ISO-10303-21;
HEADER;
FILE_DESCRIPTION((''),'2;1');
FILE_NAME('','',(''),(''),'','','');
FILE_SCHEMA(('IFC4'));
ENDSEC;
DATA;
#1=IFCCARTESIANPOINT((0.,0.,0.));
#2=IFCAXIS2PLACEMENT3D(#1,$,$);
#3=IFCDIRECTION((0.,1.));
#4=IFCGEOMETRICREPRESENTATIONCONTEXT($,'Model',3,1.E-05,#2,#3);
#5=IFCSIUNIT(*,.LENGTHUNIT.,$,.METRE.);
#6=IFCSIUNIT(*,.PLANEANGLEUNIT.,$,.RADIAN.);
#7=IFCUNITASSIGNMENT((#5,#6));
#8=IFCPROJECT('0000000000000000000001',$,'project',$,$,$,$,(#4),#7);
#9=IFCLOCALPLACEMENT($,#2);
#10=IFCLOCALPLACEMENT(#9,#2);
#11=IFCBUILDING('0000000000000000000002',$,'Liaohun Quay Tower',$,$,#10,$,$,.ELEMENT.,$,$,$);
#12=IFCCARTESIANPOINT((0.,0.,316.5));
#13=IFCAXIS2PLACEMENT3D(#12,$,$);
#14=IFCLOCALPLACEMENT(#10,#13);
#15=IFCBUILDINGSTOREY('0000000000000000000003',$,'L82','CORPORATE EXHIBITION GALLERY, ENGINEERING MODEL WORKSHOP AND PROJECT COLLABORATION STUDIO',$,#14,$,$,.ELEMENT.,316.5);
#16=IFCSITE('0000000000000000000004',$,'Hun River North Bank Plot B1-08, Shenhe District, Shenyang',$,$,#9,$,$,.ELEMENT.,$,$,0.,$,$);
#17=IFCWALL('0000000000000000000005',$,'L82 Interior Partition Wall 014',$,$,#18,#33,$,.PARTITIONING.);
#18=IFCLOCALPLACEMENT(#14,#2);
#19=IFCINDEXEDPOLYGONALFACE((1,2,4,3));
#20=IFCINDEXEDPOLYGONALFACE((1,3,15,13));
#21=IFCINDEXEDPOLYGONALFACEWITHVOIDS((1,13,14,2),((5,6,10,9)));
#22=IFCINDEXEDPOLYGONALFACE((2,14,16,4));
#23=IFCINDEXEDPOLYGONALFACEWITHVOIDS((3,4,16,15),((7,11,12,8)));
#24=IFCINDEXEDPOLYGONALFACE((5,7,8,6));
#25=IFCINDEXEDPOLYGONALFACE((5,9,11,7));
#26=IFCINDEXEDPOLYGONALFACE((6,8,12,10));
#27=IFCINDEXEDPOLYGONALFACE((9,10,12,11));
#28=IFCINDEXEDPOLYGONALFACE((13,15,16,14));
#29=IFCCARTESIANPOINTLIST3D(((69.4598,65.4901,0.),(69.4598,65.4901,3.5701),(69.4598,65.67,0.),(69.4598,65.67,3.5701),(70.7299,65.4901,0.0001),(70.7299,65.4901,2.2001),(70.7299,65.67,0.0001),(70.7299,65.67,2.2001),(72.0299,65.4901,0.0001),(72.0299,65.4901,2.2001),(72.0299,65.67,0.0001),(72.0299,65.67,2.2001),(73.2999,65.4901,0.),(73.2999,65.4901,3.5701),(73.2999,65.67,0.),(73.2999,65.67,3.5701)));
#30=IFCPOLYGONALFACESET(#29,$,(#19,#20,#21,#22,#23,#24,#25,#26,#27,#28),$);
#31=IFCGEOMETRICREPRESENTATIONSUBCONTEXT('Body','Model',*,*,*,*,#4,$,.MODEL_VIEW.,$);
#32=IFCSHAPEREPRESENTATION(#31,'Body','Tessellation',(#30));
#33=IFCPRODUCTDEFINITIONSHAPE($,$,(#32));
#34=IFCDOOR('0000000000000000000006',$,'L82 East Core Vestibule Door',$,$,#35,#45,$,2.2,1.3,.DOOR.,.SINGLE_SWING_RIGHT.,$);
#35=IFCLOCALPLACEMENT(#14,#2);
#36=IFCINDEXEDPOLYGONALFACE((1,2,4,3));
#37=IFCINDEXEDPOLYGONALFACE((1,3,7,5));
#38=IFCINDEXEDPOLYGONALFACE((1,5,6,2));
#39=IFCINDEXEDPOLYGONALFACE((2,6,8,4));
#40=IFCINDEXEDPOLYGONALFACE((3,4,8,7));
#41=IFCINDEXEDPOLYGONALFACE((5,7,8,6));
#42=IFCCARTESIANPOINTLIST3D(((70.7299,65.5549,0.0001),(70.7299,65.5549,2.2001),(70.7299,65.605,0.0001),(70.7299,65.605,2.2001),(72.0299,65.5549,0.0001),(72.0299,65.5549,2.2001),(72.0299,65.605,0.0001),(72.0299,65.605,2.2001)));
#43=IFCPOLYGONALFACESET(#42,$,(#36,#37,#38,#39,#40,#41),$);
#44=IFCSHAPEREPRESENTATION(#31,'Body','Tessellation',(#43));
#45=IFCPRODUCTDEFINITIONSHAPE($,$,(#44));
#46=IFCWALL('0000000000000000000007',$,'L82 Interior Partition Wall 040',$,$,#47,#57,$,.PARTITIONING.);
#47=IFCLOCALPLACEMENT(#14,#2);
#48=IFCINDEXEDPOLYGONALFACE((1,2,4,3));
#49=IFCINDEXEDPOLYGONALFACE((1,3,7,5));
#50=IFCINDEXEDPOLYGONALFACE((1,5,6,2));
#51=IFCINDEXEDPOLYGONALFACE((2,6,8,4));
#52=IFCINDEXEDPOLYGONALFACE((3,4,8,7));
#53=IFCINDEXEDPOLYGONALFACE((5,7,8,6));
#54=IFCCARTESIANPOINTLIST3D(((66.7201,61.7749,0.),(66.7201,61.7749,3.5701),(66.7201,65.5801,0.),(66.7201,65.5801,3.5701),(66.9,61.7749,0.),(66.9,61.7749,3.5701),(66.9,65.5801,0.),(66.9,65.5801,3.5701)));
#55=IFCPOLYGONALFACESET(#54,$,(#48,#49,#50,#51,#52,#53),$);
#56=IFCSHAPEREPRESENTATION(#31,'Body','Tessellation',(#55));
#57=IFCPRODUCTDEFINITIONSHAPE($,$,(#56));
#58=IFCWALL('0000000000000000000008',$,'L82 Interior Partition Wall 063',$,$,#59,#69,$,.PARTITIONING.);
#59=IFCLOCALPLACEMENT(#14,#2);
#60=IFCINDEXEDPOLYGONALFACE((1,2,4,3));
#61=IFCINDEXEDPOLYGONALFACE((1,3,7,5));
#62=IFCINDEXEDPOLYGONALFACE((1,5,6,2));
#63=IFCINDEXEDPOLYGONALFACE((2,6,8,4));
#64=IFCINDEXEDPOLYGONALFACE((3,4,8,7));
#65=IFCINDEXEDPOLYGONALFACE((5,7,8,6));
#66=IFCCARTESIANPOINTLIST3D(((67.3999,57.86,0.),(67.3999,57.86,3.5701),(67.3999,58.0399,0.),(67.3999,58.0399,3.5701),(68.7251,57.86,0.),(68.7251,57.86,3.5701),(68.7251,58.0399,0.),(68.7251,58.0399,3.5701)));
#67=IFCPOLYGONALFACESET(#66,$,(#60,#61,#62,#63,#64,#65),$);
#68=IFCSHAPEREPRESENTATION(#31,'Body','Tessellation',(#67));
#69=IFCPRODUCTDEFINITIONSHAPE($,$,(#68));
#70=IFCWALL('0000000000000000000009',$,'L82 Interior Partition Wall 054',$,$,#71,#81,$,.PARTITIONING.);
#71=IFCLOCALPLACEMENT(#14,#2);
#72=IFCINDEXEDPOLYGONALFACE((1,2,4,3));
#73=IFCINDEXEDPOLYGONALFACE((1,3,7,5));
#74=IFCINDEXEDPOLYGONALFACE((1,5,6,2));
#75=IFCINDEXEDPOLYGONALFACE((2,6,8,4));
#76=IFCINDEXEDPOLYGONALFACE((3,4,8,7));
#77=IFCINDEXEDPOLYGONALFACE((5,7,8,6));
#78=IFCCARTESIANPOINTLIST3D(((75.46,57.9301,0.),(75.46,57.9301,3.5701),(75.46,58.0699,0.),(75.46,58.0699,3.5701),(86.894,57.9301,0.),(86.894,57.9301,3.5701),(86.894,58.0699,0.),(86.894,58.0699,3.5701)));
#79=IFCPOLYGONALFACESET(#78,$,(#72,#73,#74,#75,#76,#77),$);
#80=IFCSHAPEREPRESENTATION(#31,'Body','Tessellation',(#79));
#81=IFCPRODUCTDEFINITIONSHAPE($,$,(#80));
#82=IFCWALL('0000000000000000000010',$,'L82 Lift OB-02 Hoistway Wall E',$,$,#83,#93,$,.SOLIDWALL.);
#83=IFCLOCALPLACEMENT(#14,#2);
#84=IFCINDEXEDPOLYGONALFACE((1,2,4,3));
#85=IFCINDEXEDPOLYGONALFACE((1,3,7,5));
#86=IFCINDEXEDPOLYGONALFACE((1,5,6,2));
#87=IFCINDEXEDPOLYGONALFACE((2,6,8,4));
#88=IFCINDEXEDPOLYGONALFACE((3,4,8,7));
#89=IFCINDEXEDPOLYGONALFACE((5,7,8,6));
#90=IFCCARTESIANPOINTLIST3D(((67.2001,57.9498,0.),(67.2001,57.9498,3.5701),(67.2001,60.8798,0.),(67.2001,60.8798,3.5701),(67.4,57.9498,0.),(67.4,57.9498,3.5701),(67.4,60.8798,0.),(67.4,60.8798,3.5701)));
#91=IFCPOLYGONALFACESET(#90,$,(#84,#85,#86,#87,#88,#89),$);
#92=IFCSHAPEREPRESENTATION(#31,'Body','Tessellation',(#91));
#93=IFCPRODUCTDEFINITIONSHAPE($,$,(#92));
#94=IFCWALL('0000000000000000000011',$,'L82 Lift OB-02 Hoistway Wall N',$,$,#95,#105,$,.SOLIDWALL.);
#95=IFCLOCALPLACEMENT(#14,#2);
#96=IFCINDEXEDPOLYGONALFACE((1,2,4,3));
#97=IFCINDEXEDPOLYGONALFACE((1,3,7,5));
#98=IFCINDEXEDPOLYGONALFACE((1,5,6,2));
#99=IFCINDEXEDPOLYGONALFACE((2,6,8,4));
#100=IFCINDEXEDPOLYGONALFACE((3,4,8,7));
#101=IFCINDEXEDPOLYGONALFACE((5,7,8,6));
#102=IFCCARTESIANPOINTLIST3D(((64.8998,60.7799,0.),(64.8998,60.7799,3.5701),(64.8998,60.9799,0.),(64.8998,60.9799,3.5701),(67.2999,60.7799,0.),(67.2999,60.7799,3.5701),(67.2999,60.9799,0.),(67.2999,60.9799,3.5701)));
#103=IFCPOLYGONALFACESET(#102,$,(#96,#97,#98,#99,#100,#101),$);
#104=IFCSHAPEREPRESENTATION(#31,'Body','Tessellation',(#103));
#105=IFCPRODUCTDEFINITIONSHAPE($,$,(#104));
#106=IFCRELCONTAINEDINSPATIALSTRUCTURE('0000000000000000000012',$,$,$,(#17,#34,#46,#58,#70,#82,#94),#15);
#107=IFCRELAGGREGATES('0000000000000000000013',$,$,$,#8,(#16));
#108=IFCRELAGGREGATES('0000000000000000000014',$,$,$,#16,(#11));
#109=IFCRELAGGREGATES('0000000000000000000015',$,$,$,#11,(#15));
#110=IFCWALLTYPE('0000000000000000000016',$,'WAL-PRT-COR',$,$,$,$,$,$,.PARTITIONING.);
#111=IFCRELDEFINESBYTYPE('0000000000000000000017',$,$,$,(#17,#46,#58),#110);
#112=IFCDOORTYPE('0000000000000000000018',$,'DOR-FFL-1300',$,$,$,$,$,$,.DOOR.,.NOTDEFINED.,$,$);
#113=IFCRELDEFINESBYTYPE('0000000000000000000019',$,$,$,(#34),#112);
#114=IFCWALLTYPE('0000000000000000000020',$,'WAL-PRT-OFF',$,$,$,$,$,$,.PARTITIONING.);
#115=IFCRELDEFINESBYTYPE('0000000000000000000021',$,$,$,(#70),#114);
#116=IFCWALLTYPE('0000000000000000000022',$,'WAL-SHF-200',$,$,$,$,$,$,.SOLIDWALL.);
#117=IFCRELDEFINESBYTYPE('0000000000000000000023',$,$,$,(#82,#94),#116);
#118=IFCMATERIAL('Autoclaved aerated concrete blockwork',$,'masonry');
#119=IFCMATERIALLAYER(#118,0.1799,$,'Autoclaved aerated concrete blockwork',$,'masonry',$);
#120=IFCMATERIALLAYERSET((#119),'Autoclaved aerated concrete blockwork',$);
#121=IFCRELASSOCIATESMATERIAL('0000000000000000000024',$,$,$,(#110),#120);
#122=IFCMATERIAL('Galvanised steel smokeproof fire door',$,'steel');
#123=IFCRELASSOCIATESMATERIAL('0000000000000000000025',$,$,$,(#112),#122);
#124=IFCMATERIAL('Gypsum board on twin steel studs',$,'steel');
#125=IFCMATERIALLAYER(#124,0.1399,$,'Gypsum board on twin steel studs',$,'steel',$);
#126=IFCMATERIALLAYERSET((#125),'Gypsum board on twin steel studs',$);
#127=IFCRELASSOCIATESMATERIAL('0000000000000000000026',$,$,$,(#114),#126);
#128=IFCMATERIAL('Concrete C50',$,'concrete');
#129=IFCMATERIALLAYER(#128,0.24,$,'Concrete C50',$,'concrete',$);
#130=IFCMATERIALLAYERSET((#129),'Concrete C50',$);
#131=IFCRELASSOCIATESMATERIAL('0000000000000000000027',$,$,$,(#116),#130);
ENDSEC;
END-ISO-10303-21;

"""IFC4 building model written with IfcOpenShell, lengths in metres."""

from ifc_helpers import new_model, si_unit, direction, frame, frame_2d, origin, place, context, subcontext, project, spatial, rectangle, extrude, source, transform, mapped, material, layer, layer_set, type_object, element, fill, save


model = new_model("IFC4")

# Units and contexts
model_context = context("Model", 3, precision=1e-05, world=origin(), true_north=direction((0.0, 1.0)))
body_context = subcontext(model_context, "Body", "Model", "MODEL_VIEW")
ifc_project = project(units=[si_unit("LENGTHUNIT", "METRE"), si_unit("PLANEANGLEUNIT", "RADIAN")], contexts=[model_context])

# Site, building, storey
site_placement = place(None, origin())
site = spatial("IfcSite", under=ifc_project, at=site_placement, Name="Hun River North Bank Plot B1-08, Shenhe District, Shenyang", CompositionType="ELEMENT", RefElevation=0.0)
building_placement = place(site_placement, origin())
building = spatial("IfcBuilding", under=site, at=building_placement, Name="Liaohun Quay Tower", CompositionType="ELEMENT")
storey_placement = place(building_placement, frame((0.0, 0.0, 316.5)))
storey = spatial("IfcBuildingStorey", under=building, at=storey_placement, Name="L82", Description="CORPORATE EXHIBITION GALLERY, ENGINEERING MODEL WORKSHOP AND PROJECT COLLABORATION STUDIO", CompositionType="ELEMENT", Elevation=316.5)

# Shared definitions
ifc_material_1 = material(Name="Concrete C50", Category="concrete")

# Wall, opening, door
ifc_material_2 = material(Name="Autoclaved aerated concrete blockwork", Category="masonry")
ifc_layer_1 = layer(ifc_material_2, 0.1799, Name="Autoclaved aerated concrete blockwork", Category="masonry")
ifc_layer_set_1 = layer_set([ifc_layer_1], Name="Autoclaved aerated concrete blockwork")
wall_type_1 = type_object("IfcWallType", Name="WAL-PRT-COR", PredefinedType="PARTITIONING", material=ifc_layer_set_1)
wall_1_placement = place(storey_placement, frame((69.46, 65.5801, 0.0), z_axis=(0.0, 0.0, 1.0), x_axis=(1.0, 0.0, 0.0)))
wall_1 = element("IfcWall", 1, at=wall_1_placement, inside=storey, type_object=wall_type_1, Name="L82 Interior Partition Wall 014", PredefinedType="PARTITIONING", context=body_context, shape_type="SweptSolid", body=[
    extrude(rectangle(XDim=3.8401, YDim=0.1799, at=frame_2d((1.9199, 0.0))), origin(), (0.0, 0.0, 1.0), 3.5701),
])
shared_shape_1 = source(origin(), body_context, "Body", "SweptSolid", [
    extrude(rectangle(XDim=1.3, YDim=2.2, at=frame_2d((0.6499, 1.1001))), frame((0.0, 0.0999, 0.0), z_axis=(0.0, -1.0, 0.0), x_axis=(1.0, 0.0, 0.0)), (0.0, 0.0, 1.0), 0.2),
])
opening_1_placement = place(wall_1_placement, frame((1.27, 0.0, 0.0)))
opening_1 = element("IfcOpeningElement", 2, at=opening_1_placement, cuts=wall_1, PredefinedType="OPENING", context=body_context, shape_type="MappedRepresentation", body=[
    mapped(shared_shape_1, transform((0.0, 0.0, 0.0), x_axis=(1.0, 0.0, 0.0), y_axis=(0.0, 1.0, 0.0), z_axis=(0.0, 0.0, 1.0), scale=1.0)),
])
ifc_material_3 = material(Name="Galvanised steel smokeproof fire door", Category="steel")
door_type_1 = type_object("IfcDoorType", Name="DOR-FFL-1300", OperationType="NOTDEFINED", PredefinedType="DOOR", material=ifc_material_3)
shared_shape_2 = source(origin(), body_context, "Body", "SweptSolid", [
    extrude(rectangle(XDim=1.3, YDim=2.2, at=frame_2d((0.6499, 1.1001))), frame((0.0, 0.0249, 0.0), z_axis=(0.0, -1.0, 0.0), x_axis=(1.0, 0.0, 0.0)), (0.0, 0.0, 1.0), 0.05),
])
door_1_placement = place(opening_1_placement, origin())
door_1 = element("IfcDoor", 3, at=door_1_placement, inside=storey, type_object=door_type_1, Name="L82 East Core Vestibule Door", OperationType="SINGLE_SWING_RIGHT", OverallHeight=2.2, OverallWidth=1.3, PredefinedType="DOOR", context=body_context, shape_type="MappedRepresentation", body=[
    mapped(shared_shape_2, transform((0.0, 0.0, 0.0), x_axis=(1.0, 0.0, 0.0), y_axis=(0.0, 1.0, 0.0), z_axis=(0.0, 0.0, 1.0), scale=1.0)),
])
fill(opening_1, door_1)

# Walls
wall_2_placement = place(storey_placement, frame((66.8101, 61.7749, 0.0), z_axis=(0.0, 0.0, 1.0), x_axis=(0.0, 1.0, 0.0)))
element("IfcWall", 4, at=wall_2_placement, inside=storey, type_object=wall_type_1, Name="L82 Interior Partition Wall 040", PredefinedType="PARTITIONING", context=body_context, shape_type="SweptSolid", body=[
    extrude(rectangle(XDim=3.8052, YDim=0.1799, at=frame_2d((1.9026, 0.0))), origin(), (0.0, 0.0, 1.0), 3.5701),
])
wall_3_placement = place(storey_placement, frame((67.3999, 57.95, 0.0), z_axis=(0.0, 0.0, 1.0), x_axis=(1.0, 0.0, 0.0)))
element("IfcWall", 5, at=wall_3_placement, inside=storey, type_object=wall_type_1, Name="L82 Interior Partition Wall 063", PredefinedType="PARTITIONING", context=body_context, shape_type="SweptSolid", body=[
    extrude(rectangle(XDim=1.3252, YDim=0.1799, at=frame_2d((0.6626, 0.0))), origin(), (0.0, 0.0, 1.0), 3.5701),
])
ifc_material_4 = material(Name="Gypsum board on twin steel studs", Category="steel")
ifc_layer_2 = layer(ifc_material_4, 0.1399, Name="Gypsum board on twin steel studs", Category="steel")
ifc_layer_set_2 = layer_set([ifc_layer_2], Name="Gypsum board on twin steel studs")
wall_type_2 = type_object("IfcWallType", Name="WAL-PRT-OFF", PredefinedType="PARTITIONING", material=ifc_layer_set_2)
wall_4_placement = place(storey_placement, frame((75.46, 58.0, 0.0), z_axis=(0.0, 0.0, 1.0), x_axis=(1.0, 0.0, 0.0)))
element("IfcWall", 6, at=wall_4_placement, inside=storey, type_object=wall_type_2, Name="L82 Interior Partition Wall 054", PredefinedType="PARTITIONING", context=body_context, shape_type="SweptSolid", body=[
    extrude(rectangle(XDim=11.4341, YDim=0.1399, at=frame_2d((5.717, 0.0))), origin(), (0.0, 0.0, 1.0), 3.5701),
])
ifc_layer_3 = layer(ifc_material_1, 0.24, Name="Concrete C50", Category="concrete")
ifc_layer_set_3 = layer_set([ifc_layer_3], Name="Concrete C50")
wall_type_3 = type_object("IfcWallType", Name="WAL-SHF-200", PredefinedType="SOLIDWALL", material=ifc_layer_set_3)
wall_5_placement = place(storey_placement, frame((67.3, 57.95, 0.0), z_axis=(0.0, 0.0, 1.0), x_axis=(0.0, 1.0, 0.0)))
element("IfcWall", 7, at=wall_5_placement, inside=storey, type_object=wall_type_3, Name="L82 Lift OB-02 Hoistway Wall E", PredefinedType="SOLIDWALL", context=body_context, shape_type="SweptSolid", body=[
    extrude(rectangle(XDim=2.9299, YDim=0.2, at=frame_2d((1.4648, 0.0))), origin(), (0.0, 0.0, 1.0), 3.5701),
])
wall_6_placement = place(storey_placement, frame((67.3, 60.8799, 0.0), z_axis=(0.0, 0.0, 1.0), x_axis=(-1.0, 0.0, 0.0)))
element("IfcWall", 8, at=wall_6_placement, inside=storey, type_object=wall_type_3, Name="L82 Lift OB-02 Hoistway Wall N", PredefinedType="SOLIDWALL", context=body_context, shape_type="SweptSolid", body=[
    extrude(rectangle(XDim=2.4001, YDim=0.2, at=frame_2d((1.2002, 0.0))), origin(), (0.0, 0.0, 1.0), 3.5701),
])

save(model, "model.ifc")
